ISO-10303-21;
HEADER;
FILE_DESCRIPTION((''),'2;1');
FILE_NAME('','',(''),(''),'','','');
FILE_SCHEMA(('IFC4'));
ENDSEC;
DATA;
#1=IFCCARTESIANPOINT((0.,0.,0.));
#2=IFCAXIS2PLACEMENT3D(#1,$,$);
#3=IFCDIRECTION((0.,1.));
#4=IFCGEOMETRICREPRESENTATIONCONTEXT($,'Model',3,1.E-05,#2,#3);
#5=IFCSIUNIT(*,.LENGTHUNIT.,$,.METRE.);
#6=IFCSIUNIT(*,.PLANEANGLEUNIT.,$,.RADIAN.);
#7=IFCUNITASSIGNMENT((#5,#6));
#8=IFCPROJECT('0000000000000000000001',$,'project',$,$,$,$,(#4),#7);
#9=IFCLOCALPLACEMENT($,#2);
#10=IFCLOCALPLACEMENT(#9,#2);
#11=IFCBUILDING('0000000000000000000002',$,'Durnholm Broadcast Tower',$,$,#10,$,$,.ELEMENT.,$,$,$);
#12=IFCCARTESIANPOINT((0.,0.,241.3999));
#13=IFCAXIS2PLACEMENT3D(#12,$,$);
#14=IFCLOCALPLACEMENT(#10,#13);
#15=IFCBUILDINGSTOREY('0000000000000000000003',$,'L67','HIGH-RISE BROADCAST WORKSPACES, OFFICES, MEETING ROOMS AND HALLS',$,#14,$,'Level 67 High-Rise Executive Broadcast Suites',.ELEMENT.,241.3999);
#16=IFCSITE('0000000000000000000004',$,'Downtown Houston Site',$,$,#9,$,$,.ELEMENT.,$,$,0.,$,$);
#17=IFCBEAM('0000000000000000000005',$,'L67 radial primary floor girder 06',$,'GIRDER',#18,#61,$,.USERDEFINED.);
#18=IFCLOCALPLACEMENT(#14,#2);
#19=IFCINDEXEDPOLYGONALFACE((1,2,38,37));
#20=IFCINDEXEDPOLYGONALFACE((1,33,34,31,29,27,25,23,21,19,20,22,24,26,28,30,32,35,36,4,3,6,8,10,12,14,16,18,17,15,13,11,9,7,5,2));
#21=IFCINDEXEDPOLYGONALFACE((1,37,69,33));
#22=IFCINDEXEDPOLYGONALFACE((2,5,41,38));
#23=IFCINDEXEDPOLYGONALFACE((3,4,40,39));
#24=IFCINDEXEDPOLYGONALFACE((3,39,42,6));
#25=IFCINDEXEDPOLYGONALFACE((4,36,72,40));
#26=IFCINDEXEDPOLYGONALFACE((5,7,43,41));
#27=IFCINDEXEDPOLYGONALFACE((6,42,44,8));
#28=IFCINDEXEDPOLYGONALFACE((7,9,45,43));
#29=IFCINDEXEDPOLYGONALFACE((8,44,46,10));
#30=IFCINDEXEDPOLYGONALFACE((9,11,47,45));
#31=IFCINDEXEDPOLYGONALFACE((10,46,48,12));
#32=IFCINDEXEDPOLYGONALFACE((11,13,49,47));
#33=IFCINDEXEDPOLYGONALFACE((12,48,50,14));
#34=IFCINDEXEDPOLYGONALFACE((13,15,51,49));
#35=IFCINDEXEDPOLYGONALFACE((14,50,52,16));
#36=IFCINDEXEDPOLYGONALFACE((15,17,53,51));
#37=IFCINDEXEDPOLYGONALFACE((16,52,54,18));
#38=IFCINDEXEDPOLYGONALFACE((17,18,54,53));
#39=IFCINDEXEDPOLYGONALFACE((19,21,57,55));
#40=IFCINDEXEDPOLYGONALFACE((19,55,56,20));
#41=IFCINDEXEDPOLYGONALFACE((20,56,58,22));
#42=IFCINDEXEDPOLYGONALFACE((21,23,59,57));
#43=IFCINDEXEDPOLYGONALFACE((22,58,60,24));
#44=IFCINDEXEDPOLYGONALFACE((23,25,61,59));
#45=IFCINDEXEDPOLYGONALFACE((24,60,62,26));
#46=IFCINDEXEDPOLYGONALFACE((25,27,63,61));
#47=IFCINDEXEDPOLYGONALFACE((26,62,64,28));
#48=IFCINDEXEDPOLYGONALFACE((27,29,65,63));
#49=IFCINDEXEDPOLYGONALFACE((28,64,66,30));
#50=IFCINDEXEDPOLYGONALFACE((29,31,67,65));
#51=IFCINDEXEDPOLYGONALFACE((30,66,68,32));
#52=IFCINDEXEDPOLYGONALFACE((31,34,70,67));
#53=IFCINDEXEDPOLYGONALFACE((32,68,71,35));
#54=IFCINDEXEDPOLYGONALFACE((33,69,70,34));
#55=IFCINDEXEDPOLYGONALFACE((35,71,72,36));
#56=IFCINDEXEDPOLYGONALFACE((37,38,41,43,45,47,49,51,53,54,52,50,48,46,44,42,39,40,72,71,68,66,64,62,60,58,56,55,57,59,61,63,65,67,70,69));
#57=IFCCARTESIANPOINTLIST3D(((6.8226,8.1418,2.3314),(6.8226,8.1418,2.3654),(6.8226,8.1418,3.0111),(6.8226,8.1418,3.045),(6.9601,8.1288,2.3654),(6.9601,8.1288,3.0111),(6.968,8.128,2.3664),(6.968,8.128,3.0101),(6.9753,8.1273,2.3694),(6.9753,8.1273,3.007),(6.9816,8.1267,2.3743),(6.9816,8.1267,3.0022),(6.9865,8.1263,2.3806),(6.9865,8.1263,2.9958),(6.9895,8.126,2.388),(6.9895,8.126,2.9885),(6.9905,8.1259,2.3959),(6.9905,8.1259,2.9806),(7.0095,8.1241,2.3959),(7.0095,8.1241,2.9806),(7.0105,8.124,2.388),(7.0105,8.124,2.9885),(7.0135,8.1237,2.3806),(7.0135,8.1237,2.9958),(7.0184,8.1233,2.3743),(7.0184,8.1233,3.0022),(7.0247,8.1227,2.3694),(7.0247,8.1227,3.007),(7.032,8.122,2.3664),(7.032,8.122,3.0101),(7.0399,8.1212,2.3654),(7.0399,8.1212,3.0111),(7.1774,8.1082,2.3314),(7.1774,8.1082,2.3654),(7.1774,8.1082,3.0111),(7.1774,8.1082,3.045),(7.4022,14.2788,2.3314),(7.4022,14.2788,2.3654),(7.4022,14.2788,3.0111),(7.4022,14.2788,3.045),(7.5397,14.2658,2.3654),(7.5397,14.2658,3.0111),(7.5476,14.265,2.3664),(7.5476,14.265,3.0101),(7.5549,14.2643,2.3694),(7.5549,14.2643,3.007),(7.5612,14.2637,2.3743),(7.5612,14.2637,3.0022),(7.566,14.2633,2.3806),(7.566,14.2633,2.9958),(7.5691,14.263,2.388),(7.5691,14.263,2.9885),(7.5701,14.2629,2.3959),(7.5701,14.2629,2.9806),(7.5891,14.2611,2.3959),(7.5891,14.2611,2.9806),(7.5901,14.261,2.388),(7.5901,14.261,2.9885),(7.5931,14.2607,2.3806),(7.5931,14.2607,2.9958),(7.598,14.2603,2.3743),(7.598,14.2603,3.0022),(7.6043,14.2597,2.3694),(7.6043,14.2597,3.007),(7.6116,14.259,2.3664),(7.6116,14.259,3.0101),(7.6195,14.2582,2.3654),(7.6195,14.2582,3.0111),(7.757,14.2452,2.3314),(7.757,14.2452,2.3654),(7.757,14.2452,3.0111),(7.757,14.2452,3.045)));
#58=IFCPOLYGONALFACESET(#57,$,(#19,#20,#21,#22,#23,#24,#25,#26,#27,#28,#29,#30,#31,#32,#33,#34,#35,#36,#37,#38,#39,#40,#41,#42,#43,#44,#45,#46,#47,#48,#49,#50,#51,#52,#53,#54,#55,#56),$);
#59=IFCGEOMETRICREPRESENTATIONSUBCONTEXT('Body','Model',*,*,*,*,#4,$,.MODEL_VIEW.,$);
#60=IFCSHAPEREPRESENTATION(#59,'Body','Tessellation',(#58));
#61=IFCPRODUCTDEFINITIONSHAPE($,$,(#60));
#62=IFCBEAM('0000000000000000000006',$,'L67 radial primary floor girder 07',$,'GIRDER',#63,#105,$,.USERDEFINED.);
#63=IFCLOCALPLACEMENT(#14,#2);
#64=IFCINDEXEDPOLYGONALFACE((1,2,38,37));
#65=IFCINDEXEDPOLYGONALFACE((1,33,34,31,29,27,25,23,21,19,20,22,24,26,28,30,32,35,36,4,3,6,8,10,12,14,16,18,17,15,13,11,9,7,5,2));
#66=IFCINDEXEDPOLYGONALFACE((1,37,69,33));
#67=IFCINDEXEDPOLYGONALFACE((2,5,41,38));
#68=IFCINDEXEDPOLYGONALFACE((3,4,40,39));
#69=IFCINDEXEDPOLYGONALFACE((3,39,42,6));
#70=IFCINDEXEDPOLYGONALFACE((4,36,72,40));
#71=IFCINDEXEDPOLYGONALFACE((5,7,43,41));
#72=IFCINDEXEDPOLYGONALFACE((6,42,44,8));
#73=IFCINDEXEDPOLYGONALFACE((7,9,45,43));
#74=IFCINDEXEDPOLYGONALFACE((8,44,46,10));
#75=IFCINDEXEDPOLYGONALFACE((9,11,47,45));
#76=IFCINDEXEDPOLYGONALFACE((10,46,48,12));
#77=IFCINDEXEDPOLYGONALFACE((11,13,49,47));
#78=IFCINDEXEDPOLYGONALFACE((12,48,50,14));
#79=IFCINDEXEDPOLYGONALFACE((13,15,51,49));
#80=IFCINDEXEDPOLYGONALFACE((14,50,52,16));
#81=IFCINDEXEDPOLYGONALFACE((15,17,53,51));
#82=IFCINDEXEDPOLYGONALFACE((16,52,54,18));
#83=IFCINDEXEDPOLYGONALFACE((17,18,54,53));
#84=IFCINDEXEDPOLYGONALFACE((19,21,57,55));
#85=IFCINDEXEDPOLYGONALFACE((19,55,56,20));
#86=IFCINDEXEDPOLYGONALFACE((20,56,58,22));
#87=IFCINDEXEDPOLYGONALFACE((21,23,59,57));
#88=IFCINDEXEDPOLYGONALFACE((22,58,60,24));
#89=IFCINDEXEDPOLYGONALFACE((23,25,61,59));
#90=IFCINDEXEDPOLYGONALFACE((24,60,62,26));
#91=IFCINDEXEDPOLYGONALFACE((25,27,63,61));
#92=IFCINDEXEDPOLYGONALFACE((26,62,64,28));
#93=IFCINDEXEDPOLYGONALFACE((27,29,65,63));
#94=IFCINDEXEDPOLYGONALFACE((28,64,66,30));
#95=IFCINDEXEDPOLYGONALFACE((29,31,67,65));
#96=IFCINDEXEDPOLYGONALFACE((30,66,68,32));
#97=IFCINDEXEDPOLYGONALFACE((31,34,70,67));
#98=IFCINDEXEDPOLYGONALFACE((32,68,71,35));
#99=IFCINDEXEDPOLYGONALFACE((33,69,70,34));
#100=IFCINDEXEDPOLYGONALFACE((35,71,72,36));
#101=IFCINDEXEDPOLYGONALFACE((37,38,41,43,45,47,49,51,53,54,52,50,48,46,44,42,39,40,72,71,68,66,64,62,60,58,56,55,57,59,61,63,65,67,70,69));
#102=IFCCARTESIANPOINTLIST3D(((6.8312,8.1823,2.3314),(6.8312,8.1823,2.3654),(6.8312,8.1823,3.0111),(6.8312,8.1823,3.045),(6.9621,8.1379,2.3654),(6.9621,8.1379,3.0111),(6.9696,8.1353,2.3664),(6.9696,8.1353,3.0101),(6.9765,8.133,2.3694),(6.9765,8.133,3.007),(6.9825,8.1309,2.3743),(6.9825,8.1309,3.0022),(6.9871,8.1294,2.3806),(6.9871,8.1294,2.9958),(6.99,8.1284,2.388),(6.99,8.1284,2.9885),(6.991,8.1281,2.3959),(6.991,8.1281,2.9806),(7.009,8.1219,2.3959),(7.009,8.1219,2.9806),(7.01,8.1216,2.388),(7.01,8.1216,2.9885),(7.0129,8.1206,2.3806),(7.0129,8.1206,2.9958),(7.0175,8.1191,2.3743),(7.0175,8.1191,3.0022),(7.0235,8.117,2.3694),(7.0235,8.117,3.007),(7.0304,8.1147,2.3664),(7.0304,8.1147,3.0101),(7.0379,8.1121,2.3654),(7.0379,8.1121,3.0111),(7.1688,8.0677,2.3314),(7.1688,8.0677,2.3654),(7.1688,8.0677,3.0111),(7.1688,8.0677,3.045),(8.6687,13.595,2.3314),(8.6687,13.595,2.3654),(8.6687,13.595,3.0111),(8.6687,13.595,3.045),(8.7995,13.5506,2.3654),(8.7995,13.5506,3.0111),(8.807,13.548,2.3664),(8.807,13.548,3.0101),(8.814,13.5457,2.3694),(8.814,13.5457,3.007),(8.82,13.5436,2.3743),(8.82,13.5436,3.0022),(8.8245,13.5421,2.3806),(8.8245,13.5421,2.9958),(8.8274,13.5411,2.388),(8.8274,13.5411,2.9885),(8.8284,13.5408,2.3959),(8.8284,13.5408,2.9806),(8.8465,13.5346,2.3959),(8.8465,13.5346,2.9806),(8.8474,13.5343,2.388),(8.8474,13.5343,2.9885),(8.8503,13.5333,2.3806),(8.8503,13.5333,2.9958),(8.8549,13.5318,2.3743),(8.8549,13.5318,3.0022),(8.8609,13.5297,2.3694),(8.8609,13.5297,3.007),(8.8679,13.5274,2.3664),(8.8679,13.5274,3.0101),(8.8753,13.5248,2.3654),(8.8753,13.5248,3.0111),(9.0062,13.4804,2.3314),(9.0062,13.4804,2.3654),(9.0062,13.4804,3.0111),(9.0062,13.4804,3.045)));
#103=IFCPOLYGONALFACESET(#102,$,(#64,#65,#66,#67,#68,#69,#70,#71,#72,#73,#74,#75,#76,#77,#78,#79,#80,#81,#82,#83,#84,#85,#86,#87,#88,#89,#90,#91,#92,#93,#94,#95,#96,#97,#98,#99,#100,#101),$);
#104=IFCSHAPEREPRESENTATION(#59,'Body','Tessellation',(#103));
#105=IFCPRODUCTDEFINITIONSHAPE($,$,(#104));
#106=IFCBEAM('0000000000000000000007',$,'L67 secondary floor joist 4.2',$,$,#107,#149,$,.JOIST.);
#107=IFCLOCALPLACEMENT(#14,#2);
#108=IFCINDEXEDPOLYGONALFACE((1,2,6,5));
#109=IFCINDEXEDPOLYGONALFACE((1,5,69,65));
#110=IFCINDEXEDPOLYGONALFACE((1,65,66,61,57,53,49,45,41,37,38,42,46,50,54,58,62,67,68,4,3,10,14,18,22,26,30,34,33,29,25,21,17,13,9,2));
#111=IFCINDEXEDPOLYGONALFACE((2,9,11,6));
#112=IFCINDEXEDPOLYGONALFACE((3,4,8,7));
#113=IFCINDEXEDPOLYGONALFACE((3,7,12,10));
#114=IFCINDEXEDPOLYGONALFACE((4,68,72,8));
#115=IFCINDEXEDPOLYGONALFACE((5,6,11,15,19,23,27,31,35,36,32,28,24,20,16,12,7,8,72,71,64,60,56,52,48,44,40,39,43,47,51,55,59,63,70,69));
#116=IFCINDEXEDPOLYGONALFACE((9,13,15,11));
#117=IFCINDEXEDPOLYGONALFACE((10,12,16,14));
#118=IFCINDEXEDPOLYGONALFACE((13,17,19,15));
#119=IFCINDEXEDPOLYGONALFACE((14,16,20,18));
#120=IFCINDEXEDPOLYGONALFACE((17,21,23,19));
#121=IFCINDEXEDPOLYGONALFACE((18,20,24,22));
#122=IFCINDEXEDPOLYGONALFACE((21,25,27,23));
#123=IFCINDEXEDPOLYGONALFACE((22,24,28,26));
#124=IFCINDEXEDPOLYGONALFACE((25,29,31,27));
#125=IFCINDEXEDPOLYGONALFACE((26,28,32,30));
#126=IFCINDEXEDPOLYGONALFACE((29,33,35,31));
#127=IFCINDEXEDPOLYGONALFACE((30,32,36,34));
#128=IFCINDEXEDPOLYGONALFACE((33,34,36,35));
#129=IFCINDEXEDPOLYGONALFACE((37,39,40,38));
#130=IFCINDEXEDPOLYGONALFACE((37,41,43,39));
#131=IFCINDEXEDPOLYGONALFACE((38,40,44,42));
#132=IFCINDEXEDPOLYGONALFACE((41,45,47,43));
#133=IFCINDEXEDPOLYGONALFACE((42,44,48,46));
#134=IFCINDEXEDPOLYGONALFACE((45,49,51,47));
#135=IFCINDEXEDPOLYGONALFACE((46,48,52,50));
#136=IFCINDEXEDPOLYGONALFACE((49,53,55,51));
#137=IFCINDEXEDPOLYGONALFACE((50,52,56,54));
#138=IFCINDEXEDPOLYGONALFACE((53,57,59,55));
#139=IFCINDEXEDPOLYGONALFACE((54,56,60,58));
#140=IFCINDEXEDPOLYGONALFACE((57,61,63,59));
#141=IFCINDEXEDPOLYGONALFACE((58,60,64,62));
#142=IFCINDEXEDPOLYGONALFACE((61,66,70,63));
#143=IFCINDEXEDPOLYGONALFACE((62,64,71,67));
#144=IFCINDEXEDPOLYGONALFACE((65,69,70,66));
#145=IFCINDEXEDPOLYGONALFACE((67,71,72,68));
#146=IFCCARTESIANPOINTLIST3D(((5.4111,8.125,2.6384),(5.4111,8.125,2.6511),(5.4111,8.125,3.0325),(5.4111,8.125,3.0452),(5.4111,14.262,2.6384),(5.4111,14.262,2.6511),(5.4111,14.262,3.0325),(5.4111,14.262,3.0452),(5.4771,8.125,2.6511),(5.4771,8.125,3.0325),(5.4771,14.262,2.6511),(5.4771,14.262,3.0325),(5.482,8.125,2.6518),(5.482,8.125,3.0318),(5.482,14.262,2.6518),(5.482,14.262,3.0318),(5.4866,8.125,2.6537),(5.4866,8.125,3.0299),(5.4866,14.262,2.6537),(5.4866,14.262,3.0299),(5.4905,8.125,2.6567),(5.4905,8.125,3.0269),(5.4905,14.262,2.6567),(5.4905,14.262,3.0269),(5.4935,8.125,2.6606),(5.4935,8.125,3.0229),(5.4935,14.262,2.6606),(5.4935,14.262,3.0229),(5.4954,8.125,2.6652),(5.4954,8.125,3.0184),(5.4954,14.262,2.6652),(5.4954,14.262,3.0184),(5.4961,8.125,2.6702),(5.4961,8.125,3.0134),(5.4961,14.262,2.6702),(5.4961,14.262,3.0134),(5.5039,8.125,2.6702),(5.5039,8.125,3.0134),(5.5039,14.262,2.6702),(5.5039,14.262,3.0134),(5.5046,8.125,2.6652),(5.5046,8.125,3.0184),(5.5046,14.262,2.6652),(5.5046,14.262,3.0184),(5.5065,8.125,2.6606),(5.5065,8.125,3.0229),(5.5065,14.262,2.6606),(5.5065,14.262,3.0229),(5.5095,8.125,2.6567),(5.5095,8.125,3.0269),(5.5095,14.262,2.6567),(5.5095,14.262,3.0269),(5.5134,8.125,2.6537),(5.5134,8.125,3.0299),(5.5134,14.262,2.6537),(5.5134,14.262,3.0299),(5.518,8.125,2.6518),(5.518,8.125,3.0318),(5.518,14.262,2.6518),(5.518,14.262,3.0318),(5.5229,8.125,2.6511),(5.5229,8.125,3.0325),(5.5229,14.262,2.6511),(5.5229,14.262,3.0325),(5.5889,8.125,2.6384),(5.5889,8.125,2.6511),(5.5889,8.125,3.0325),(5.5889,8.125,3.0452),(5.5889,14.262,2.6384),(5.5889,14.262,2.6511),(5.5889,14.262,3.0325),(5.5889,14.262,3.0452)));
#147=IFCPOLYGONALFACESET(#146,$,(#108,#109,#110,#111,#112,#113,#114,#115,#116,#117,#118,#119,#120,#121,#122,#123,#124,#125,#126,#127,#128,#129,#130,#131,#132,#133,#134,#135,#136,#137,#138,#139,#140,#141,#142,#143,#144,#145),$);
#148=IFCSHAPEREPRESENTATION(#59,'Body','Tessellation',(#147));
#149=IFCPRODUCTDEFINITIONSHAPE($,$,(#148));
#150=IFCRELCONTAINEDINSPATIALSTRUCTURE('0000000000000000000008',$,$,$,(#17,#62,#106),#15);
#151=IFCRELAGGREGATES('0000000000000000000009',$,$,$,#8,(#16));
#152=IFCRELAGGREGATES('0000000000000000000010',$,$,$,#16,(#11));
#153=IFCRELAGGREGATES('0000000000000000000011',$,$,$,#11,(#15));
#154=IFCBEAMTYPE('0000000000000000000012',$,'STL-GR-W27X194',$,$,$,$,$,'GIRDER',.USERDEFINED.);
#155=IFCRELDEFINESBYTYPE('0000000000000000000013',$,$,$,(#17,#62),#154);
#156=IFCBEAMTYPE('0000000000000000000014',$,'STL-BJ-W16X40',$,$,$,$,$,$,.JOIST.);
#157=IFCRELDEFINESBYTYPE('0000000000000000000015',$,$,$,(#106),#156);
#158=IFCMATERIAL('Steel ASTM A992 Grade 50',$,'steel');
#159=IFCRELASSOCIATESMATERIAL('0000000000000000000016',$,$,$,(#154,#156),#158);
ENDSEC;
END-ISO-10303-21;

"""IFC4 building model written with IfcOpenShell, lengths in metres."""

from ifc_helpers import new_model, si_unit, direction, frame, origin, origin_2d, place, context, subcontext, project, spatial, i_section, extrude, source, transform, mapped, material, material_profile, profile_set, type_object, type_shapes, element, save


model = new_model("IFC4")

# Units and contexts
model_context = context("Model", 3, precision=1e-05, world=origin(), true_north=direction((0.0, 1.0)))
body_context = subcontext(model_context, "Body", "Model", "MODEL_VIEW")
ifc_project = project(units=[si_unit("LENGTHUNIT", "METRE"), si_unit("PLANEANGLEUNIT", "RADIAN")], contexts=[model_context])

# Site, building, storey
site_placement = place(None, origin())
site = spatial("IfcSite", under=ifc_project, at=site_placement, Name="Downtown Houston Site", CompositionType="ELEMENT", RefElevation=0.0)
building_placement = place(site_placement, origin())
building = spatial("IfcBuilding", under=site, at=building_placement, Name="Durnholm Broadcast Tower", CompositionType="ELEMENT")
storey_placement = place(building_placement, frame((0.0, 0.0, 241.3999)))
storey = spatial("IfcBuildingStorey", under=building, at=storey_placement, Name="L67", Description="HIGH-RISE BROADCAST WORKSPACES, OFFICES, MEETING ROOMS AND HALLS", LongName="Level 67 High-Rise Executive Broadcast Suites", CompositionType="ELEMENT", Elevation=241.3999)

# Beams
ifc_material_1 = material(Name="Steel ASTM A992 Grade 50", Category="steel")
ifc_material_profile_1 = material_profile(ifc_material_1, i_section(OverallWidth=0.3564, OverallDepth=0.7136, WebThickness=0.019, FlangeThickness=0.0339, FilletRadius=0.0305, at=origin_2d()), Name="W27X194")
ifc_profile_set_1 = profile_set([ifc_material_profile_1], Name="Steel ASTM A992 Grade 50")
beam_type_1 = type_object("IfcBeamType", Name="STL-GR-W27X194", ElementType="GIRDER", PredefinedType="USERDEFINED", material=ifc_profile_set_1)
shared_shape_1 = source(origin(), body_context, "Body", "SweptSolid", [
    extrude(i_section(OverallWidth=0.3564, OverallDepth=0.7136, WebThickness=0.019, FlangeThickness=0.0339, FilletRadius=0.0305, at=origin_2d()), origin(), (0.0, 0.0, 1.0), 6.1643),
])
beam_1_placement = place(storey_placement, frame((7.0, 8.125, 2.6882), z_axis=(0.094024, 0.99557, 0.0), x_axis=(-0.99557, 0.094024, 0.0)))
element("IfcBeam", 1, at=beam_1_placement, inside=storey, type_object=beam_type_1, Name="L67 radial primary floor girder 06", ObjectType="GIRDER", PredefinedType="USERDEFINED", context=body_context, shape_type="MappedRepresentation", body=[
    mapped(shared_shape_1, transform((0.0, 0.0, 0.0), x_axis=(1.0, 0.0, 0.0), y_axis=(0.0, 1.0, 0.0), z_axis=(0.0, 0.0, 1.0), scale=1.0)),
])
shared_shape_2 = source(origin(), body_context, "Body", "SweptSolid", [
    extrude(i_section(OverallWidth=0.3564, OverallDepth=0.7136, WebThickness=0.019, FlangeThickness=0.0339, FilletRadius=0.0305, at=origin_2d()), origin(), (0.0, 0.0, 1.0), 5.7161),
])
type_shapes(beam_type_1, [shared_shape_1, shared_shape_2])
beam_2_placement = place(storey_placement, frame((7.0, 8.125, 2.6882), z_axis=(0.321451, 0.946926, 0.0), x_axis=(-0.946926, 0.321451, 0.0)))
element("IfcBeam", 2, at=beam_2_placement, inside=storey, type_object=beam_type_1, Name="L67 radial primary floor girder 07", ObjectType="GIRDER", PredefinedType="USERDEFINED", context=body_context, shape_type="MappedRepresentation", body=[
    mapped(shared_shape_2, transform((0.0, 0.0, 0.0), x_axis=(1.0, 0.0, 0.0), y_axis=(0.0, 1.0, 0.0), z_axis=(0.0, 0.0, 1.0), scale=1.0)),
])
ifc_material_profile_2 = material_profile(ifc_material_1, i_section(OverallWidth=0.1777, OverallDepth=0.4067, WebThickness=0.0078, FlangeThickness=0.0127, FilletRadius=0.019, at=origin_2d()), Name="W16X40")
ifc_profile_set_2 = profile_set([ifc_material_profile_2], Name="Steel ASTM A992 Grade 50")
beam_type_2 = type_object("IfcBeamType", Name="STL-BJ-W16X40", PredefinedType="JOIST", material=ifc_profile_set_2)
shared_shape_3 = source(origin(), body_context, "Body", "SweptSolid", [
    extrude(i_section(OverallWidth=0.1777, OverallDepth=0.4067, WebThickness=0.0078, FlangeThickness=0.0127, FilletRadius=0.019, at=origin_2d()), origin(), (0.0, 0.0, 1.0), 6.137),
])
type_shapes(beam_type_2, [shared_shape_3])
beam_3_placement = place(storey_placement, frame((5.5, 8.125, 2.8418), z_axis=(0.0, 1.0, 0.0), x_axis=(-1.0, 0.0, 0.0)))
element("IfcBeam", 3, at=beam_3_placement, inside=storey, type_object=beam_type_2, Name="L67 secondary floor joist 4.2", PredefinedType="JOIST", context=body_context, shape_type="MappedRepresentation", body=[
    mapped(shared_shape_3, transform((0.0, 0.0, 0.0), x_axis=(1.0, 0.0, 0.0), y_axis=(0.0, 1.0, 0.0), z_axis=(0.0, 0.0, 1.0), scale=1.0)),
])

save(model, "model.ifc")
